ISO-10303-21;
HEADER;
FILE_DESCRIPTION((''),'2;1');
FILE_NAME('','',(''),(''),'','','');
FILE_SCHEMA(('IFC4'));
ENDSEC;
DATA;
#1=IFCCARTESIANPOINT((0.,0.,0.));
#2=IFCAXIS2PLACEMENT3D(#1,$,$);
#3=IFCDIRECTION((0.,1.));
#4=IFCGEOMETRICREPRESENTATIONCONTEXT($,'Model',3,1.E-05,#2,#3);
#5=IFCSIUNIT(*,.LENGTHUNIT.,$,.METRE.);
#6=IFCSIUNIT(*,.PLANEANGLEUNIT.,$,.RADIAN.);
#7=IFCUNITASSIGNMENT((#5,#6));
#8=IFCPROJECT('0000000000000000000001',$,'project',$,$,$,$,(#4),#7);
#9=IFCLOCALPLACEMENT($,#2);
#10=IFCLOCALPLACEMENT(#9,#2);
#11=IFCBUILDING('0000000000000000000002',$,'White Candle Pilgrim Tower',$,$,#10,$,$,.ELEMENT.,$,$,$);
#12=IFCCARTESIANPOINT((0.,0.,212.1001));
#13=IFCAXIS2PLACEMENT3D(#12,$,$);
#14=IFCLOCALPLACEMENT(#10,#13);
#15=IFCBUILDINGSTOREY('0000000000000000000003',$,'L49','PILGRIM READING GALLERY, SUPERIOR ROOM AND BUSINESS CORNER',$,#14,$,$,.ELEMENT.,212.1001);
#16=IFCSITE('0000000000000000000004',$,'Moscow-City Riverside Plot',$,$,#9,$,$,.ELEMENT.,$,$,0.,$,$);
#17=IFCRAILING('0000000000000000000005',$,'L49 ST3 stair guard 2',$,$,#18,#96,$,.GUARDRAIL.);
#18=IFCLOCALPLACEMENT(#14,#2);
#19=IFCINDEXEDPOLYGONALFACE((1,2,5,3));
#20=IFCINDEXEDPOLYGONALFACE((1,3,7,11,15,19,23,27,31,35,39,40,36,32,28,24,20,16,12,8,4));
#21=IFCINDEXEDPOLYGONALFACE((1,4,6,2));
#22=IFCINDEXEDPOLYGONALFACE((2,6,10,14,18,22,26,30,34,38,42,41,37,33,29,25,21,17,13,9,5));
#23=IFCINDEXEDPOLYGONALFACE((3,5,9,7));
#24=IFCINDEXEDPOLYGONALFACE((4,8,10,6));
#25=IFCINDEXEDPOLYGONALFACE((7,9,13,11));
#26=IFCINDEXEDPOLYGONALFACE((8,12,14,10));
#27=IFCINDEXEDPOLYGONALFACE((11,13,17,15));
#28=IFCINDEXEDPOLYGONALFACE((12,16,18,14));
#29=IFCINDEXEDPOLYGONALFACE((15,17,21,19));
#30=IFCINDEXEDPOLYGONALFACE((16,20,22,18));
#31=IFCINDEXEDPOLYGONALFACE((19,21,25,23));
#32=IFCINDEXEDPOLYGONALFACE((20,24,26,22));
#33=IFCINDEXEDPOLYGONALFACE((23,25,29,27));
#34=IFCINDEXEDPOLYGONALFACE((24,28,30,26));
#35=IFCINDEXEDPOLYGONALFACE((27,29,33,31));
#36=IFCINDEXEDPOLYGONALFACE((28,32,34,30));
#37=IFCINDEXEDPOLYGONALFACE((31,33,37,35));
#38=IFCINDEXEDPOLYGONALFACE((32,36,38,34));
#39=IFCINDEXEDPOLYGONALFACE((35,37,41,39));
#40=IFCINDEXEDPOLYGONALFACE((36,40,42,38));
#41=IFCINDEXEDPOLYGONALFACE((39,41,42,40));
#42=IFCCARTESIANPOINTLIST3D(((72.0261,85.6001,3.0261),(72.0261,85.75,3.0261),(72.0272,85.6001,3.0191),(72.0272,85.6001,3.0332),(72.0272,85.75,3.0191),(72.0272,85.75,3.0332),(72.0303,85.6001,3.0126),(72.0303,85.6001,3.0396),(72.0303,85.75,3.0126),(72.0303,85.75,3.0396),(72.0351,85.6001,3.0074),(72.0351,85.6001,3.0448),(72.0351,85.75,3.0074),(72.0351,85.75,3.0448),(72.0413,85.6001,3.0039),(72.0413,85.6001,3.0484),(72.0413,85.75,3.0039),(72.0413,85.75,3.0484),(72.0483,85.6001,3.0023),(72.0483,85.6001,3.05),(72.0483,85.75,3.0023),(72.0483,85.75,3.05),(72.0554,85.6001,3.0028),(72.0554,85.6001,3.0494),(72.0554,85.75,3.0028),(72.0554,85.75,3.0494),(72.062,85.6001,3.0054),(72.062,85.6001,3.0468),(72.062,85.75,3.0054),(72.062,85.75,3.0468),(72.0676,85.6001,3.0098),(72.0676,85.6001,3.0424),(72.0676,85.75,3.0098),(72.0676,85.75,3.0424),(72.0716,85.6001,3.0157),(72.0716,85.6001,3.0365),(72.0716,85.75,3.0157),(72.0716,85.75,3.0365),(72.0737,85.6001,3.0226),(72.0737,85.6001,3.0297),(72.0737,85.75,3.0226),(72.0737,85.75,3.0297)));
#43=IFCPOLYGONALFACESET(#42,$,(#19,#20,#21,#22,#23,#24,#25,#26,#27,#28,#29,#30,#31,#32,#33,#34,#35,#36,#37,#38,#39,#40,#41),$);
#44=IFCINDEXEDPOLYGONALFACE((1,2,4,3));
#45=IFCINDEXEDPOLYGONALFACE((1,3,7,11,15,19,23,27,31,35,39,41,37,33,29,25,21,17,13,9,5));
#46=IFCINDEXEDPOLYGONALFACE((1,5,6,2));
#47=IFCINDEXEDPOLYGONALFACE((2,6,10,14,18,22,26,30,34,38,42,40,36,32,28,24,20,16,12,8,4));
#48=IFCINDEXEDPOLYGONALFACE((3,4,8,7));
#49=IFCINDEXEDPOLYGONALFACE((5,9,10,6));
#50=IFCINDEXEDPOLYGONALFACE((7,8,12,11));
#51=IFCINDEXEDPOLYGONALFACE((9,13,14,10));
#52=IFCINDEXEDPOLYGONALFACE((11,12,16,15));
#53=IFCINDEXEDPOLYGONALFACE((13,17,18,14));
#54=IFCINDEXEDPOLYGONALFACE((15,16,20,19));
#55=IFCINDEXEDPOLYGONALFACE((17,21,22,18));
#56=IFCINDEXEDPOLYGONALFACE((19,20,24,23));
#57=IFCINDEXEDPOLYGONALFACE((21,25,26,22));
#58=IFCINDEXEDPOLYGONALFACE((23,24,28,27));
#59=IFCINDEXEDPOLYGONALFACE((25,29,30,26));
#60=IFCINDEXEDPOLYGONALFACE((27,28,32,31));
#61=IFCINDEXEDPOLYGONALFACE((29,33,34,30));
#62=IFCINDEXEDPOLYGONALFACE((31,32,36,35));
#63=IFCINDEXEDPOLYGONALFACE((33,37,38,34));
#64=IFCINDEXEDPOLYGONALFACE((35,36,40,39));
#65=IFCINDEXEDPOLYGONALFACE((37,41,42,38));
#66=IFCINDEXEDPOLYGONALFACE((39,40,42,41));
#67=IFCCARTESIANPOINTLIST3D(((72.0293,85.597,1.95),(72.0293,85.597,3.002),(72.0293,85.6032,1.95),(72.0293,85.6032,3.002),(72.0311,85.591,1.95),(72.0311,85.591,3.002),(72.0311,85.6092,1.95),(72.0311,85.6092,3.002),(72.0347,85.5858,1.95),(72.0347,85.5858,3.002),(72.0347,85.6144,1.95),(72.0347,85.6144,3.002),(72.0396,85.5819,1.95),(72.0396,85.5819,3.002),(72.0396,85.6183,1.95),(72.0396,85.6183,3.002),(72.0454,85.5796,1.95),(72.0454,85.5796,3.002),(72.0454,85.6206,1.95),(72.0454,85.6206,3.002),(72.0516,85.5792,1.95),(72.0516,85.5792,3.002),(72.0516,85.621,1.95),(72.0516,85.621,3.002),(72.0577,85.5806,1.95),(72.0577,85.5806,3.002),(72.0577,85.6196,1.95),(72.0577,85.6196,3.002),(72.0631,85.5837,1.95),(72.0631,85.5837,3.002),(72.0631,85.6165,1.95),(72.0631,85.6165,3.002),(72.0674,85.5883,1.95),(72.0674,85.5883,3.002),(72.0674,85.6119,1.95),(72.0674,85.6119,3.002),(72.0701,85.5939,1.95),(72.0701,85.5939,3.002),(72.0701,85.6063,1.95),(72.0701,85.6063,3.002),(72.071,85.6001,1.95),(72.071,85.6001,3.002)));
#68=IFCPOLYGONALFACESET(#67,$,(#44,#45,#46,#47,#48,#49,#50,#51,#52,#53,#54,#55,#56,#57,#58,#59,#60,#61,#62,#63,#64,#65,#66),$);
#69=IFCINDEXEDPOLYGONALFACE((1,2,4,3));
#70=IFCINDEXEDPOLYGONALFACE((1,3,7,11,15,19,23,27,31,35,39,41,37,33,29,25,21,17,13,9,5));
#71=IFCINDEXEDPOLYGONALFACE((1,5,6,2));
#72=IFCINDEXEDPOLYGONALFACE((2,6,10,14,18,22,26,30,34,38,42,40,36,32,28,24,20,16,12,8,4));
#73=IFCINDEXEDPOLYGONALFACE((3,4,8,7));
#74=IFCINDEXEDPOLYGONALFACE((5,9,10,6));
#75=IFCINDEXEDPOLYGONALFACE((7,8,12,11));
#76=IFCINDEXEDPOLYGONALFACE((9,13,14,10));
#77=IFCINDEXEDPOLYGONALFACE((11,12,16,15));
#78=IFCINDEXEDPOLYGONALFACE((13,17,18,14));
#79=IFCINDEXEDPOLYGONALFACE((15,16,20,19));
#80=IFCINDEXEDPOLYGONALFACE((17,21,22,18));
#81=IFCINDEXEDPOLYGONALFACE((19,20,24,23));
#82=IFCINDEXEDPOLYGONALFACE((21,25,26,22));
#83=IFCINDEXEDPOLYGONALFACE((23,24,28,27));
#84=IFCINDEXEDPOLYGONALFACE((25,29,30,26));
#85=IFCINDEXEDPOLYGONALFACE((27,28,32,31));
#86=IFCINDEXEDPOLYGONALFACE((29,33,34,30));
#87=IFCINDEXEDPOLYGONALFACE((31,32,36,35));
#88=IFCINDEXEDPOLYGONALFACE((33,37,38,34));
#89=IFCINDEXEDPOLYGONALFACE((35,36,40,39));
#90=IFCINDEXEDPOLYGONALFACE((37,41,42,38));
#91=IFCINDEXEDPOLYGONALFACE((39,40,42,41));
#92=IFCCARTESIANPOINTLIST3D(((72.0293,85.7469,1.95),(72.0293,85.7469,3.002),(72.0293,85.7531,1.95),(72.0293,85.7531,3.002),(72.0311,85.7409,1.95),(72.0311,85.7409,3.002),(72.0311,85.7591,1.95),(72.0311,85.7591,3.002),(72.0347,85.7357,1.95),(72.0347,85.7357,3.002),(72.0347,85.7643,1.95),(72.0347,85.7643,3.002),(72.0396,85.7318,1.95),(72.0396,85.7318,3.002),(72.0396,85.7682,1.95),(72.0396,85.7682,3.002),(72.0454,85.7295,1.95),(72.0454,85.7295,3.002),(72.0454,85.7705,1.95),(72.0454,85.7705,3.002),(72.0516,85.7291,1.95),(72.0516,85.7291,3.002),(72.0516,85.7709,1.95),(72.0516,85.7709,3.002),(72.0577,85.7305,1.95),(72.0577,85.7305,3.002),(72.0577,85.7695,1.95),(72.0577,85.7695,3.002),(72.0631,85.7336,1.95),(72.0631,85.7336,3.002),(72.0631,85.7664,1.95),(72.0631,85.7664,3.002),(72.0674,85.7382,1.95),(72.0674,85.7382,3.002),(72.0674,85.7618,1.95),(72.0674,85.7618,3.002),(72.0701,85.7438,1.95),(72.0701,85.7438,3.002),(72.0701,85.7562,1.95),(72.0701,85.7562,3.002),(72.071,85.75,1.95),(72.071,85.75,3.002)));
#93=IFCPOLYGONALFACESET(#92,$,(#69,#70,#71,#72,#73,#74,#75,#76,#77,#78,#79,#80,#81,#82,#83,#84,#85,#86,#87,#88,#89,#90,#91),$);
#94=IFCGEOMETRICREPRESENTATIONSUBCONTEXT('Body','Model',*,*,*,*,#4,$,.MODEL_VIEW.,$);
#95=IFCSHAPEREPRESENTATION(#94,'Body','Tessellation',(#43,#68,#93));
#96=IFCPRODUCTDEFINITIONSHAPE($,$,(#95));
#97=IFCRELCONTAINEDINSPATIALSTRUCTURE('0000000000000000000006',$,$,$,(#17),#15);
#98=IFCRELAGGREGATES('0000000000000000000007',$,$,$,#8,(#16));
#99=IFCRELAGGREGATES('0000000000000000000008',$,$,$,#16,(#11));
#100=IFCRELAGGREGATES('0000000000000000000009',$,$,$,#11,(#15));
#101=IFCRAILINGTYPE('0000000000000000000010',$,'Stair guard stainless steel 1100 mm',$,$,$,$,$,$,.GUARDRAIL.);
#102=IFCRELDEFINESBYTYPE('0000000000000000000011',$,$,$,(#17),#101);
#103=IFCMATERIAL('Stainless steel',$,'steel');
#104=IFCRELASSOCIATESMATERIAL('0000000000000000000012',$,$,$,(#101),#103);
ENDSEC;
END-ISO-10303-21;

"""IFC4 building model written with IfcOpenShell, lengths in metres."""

from ifc_helpers import new_model, si_unit, direction, frame, origin, origin_2d, place, context, subcontext, project, spatial, circle, extrude, material, type_object, element, save


model = new_model("IFC4")

# Units and contexts
model_context = context("Model", 3, precision=1e-05, world=origin(), true_north=direction((0.0, 1.0)))
body_context = subcontext(model_context, "Body", "Model", "MODEL_VIEW")
ifc_project = project(units=[si_unit("LENGTHUNIT", "METRE"), si_unit("PLANEANGLEUNIT", "RADIAN")], contexts=[model_context])

# Site, building, storey
site_placement = place(None, origin())
site = spatial("IfcSite", under=ifc_project, at=site_placement, Name="Moscow-City Riverside Plot", CompositionType="ELEMENT", RefElevation=0.0)
building_placement = place(site_placement, origin())
building = spatial("IfcBuilding", under=site, at=building_placement, Name="White Candle Pilgrim Tower", CompositionType="ELEMENT")
storey_placement = place(building_placement, frame((0.0, 0.0, 212.1001)))
storey = spatial("IfcBuildingStorey", under=building, at=storey_placement, Name="L49", Description="PILGRIM READING GALLERY, SUPERIOR ROOM AND BUSINESS CORNER", CompositionType="ELEMENT", Elevation=212.1001)

# Railing
ifc_material_1 = material(Name="Stainless steel", Category="steel")
railing_type_1 = type_object("IfcRailingType", Name="Stair guard stainless steel 1100 mm", PredefinedType="GUARDRAIL", material=ifc_material_1)
railing_1_placement = place(storey_placement, frame((72.05, 85.6001, 1.95)))
element("IfcRailing", 1, at=railing_1_placement, inside=storey, type_object=railing_type_1, Name="L49 ST3 stair guard 2", PredefinedType="GUARDRAIL", context=body_context, shape_type="SweptSolid", body=[
    extrude(circle(Radius=0.0239, at=origin_2d()), frame((0.0, 0.0, 1.0762), z_axis=(0.0, 1.0, 0.0), x_axis=(-1.0, 0.0, 0.0)), (0.0, 0.0, 1.0), 0.1499),
    extrude(circle(Radius=0.021, at=origin_2d()), origin(), (0.0, 0.0, 1.0), 1.052),
    extrude(circle(Radius=0.021, at=origin_2d()), frame((0.0, 0.1499, 0.0)), (0.0, 0.0, 1.0), 1.052),
])

save(model, "model.ifc")
